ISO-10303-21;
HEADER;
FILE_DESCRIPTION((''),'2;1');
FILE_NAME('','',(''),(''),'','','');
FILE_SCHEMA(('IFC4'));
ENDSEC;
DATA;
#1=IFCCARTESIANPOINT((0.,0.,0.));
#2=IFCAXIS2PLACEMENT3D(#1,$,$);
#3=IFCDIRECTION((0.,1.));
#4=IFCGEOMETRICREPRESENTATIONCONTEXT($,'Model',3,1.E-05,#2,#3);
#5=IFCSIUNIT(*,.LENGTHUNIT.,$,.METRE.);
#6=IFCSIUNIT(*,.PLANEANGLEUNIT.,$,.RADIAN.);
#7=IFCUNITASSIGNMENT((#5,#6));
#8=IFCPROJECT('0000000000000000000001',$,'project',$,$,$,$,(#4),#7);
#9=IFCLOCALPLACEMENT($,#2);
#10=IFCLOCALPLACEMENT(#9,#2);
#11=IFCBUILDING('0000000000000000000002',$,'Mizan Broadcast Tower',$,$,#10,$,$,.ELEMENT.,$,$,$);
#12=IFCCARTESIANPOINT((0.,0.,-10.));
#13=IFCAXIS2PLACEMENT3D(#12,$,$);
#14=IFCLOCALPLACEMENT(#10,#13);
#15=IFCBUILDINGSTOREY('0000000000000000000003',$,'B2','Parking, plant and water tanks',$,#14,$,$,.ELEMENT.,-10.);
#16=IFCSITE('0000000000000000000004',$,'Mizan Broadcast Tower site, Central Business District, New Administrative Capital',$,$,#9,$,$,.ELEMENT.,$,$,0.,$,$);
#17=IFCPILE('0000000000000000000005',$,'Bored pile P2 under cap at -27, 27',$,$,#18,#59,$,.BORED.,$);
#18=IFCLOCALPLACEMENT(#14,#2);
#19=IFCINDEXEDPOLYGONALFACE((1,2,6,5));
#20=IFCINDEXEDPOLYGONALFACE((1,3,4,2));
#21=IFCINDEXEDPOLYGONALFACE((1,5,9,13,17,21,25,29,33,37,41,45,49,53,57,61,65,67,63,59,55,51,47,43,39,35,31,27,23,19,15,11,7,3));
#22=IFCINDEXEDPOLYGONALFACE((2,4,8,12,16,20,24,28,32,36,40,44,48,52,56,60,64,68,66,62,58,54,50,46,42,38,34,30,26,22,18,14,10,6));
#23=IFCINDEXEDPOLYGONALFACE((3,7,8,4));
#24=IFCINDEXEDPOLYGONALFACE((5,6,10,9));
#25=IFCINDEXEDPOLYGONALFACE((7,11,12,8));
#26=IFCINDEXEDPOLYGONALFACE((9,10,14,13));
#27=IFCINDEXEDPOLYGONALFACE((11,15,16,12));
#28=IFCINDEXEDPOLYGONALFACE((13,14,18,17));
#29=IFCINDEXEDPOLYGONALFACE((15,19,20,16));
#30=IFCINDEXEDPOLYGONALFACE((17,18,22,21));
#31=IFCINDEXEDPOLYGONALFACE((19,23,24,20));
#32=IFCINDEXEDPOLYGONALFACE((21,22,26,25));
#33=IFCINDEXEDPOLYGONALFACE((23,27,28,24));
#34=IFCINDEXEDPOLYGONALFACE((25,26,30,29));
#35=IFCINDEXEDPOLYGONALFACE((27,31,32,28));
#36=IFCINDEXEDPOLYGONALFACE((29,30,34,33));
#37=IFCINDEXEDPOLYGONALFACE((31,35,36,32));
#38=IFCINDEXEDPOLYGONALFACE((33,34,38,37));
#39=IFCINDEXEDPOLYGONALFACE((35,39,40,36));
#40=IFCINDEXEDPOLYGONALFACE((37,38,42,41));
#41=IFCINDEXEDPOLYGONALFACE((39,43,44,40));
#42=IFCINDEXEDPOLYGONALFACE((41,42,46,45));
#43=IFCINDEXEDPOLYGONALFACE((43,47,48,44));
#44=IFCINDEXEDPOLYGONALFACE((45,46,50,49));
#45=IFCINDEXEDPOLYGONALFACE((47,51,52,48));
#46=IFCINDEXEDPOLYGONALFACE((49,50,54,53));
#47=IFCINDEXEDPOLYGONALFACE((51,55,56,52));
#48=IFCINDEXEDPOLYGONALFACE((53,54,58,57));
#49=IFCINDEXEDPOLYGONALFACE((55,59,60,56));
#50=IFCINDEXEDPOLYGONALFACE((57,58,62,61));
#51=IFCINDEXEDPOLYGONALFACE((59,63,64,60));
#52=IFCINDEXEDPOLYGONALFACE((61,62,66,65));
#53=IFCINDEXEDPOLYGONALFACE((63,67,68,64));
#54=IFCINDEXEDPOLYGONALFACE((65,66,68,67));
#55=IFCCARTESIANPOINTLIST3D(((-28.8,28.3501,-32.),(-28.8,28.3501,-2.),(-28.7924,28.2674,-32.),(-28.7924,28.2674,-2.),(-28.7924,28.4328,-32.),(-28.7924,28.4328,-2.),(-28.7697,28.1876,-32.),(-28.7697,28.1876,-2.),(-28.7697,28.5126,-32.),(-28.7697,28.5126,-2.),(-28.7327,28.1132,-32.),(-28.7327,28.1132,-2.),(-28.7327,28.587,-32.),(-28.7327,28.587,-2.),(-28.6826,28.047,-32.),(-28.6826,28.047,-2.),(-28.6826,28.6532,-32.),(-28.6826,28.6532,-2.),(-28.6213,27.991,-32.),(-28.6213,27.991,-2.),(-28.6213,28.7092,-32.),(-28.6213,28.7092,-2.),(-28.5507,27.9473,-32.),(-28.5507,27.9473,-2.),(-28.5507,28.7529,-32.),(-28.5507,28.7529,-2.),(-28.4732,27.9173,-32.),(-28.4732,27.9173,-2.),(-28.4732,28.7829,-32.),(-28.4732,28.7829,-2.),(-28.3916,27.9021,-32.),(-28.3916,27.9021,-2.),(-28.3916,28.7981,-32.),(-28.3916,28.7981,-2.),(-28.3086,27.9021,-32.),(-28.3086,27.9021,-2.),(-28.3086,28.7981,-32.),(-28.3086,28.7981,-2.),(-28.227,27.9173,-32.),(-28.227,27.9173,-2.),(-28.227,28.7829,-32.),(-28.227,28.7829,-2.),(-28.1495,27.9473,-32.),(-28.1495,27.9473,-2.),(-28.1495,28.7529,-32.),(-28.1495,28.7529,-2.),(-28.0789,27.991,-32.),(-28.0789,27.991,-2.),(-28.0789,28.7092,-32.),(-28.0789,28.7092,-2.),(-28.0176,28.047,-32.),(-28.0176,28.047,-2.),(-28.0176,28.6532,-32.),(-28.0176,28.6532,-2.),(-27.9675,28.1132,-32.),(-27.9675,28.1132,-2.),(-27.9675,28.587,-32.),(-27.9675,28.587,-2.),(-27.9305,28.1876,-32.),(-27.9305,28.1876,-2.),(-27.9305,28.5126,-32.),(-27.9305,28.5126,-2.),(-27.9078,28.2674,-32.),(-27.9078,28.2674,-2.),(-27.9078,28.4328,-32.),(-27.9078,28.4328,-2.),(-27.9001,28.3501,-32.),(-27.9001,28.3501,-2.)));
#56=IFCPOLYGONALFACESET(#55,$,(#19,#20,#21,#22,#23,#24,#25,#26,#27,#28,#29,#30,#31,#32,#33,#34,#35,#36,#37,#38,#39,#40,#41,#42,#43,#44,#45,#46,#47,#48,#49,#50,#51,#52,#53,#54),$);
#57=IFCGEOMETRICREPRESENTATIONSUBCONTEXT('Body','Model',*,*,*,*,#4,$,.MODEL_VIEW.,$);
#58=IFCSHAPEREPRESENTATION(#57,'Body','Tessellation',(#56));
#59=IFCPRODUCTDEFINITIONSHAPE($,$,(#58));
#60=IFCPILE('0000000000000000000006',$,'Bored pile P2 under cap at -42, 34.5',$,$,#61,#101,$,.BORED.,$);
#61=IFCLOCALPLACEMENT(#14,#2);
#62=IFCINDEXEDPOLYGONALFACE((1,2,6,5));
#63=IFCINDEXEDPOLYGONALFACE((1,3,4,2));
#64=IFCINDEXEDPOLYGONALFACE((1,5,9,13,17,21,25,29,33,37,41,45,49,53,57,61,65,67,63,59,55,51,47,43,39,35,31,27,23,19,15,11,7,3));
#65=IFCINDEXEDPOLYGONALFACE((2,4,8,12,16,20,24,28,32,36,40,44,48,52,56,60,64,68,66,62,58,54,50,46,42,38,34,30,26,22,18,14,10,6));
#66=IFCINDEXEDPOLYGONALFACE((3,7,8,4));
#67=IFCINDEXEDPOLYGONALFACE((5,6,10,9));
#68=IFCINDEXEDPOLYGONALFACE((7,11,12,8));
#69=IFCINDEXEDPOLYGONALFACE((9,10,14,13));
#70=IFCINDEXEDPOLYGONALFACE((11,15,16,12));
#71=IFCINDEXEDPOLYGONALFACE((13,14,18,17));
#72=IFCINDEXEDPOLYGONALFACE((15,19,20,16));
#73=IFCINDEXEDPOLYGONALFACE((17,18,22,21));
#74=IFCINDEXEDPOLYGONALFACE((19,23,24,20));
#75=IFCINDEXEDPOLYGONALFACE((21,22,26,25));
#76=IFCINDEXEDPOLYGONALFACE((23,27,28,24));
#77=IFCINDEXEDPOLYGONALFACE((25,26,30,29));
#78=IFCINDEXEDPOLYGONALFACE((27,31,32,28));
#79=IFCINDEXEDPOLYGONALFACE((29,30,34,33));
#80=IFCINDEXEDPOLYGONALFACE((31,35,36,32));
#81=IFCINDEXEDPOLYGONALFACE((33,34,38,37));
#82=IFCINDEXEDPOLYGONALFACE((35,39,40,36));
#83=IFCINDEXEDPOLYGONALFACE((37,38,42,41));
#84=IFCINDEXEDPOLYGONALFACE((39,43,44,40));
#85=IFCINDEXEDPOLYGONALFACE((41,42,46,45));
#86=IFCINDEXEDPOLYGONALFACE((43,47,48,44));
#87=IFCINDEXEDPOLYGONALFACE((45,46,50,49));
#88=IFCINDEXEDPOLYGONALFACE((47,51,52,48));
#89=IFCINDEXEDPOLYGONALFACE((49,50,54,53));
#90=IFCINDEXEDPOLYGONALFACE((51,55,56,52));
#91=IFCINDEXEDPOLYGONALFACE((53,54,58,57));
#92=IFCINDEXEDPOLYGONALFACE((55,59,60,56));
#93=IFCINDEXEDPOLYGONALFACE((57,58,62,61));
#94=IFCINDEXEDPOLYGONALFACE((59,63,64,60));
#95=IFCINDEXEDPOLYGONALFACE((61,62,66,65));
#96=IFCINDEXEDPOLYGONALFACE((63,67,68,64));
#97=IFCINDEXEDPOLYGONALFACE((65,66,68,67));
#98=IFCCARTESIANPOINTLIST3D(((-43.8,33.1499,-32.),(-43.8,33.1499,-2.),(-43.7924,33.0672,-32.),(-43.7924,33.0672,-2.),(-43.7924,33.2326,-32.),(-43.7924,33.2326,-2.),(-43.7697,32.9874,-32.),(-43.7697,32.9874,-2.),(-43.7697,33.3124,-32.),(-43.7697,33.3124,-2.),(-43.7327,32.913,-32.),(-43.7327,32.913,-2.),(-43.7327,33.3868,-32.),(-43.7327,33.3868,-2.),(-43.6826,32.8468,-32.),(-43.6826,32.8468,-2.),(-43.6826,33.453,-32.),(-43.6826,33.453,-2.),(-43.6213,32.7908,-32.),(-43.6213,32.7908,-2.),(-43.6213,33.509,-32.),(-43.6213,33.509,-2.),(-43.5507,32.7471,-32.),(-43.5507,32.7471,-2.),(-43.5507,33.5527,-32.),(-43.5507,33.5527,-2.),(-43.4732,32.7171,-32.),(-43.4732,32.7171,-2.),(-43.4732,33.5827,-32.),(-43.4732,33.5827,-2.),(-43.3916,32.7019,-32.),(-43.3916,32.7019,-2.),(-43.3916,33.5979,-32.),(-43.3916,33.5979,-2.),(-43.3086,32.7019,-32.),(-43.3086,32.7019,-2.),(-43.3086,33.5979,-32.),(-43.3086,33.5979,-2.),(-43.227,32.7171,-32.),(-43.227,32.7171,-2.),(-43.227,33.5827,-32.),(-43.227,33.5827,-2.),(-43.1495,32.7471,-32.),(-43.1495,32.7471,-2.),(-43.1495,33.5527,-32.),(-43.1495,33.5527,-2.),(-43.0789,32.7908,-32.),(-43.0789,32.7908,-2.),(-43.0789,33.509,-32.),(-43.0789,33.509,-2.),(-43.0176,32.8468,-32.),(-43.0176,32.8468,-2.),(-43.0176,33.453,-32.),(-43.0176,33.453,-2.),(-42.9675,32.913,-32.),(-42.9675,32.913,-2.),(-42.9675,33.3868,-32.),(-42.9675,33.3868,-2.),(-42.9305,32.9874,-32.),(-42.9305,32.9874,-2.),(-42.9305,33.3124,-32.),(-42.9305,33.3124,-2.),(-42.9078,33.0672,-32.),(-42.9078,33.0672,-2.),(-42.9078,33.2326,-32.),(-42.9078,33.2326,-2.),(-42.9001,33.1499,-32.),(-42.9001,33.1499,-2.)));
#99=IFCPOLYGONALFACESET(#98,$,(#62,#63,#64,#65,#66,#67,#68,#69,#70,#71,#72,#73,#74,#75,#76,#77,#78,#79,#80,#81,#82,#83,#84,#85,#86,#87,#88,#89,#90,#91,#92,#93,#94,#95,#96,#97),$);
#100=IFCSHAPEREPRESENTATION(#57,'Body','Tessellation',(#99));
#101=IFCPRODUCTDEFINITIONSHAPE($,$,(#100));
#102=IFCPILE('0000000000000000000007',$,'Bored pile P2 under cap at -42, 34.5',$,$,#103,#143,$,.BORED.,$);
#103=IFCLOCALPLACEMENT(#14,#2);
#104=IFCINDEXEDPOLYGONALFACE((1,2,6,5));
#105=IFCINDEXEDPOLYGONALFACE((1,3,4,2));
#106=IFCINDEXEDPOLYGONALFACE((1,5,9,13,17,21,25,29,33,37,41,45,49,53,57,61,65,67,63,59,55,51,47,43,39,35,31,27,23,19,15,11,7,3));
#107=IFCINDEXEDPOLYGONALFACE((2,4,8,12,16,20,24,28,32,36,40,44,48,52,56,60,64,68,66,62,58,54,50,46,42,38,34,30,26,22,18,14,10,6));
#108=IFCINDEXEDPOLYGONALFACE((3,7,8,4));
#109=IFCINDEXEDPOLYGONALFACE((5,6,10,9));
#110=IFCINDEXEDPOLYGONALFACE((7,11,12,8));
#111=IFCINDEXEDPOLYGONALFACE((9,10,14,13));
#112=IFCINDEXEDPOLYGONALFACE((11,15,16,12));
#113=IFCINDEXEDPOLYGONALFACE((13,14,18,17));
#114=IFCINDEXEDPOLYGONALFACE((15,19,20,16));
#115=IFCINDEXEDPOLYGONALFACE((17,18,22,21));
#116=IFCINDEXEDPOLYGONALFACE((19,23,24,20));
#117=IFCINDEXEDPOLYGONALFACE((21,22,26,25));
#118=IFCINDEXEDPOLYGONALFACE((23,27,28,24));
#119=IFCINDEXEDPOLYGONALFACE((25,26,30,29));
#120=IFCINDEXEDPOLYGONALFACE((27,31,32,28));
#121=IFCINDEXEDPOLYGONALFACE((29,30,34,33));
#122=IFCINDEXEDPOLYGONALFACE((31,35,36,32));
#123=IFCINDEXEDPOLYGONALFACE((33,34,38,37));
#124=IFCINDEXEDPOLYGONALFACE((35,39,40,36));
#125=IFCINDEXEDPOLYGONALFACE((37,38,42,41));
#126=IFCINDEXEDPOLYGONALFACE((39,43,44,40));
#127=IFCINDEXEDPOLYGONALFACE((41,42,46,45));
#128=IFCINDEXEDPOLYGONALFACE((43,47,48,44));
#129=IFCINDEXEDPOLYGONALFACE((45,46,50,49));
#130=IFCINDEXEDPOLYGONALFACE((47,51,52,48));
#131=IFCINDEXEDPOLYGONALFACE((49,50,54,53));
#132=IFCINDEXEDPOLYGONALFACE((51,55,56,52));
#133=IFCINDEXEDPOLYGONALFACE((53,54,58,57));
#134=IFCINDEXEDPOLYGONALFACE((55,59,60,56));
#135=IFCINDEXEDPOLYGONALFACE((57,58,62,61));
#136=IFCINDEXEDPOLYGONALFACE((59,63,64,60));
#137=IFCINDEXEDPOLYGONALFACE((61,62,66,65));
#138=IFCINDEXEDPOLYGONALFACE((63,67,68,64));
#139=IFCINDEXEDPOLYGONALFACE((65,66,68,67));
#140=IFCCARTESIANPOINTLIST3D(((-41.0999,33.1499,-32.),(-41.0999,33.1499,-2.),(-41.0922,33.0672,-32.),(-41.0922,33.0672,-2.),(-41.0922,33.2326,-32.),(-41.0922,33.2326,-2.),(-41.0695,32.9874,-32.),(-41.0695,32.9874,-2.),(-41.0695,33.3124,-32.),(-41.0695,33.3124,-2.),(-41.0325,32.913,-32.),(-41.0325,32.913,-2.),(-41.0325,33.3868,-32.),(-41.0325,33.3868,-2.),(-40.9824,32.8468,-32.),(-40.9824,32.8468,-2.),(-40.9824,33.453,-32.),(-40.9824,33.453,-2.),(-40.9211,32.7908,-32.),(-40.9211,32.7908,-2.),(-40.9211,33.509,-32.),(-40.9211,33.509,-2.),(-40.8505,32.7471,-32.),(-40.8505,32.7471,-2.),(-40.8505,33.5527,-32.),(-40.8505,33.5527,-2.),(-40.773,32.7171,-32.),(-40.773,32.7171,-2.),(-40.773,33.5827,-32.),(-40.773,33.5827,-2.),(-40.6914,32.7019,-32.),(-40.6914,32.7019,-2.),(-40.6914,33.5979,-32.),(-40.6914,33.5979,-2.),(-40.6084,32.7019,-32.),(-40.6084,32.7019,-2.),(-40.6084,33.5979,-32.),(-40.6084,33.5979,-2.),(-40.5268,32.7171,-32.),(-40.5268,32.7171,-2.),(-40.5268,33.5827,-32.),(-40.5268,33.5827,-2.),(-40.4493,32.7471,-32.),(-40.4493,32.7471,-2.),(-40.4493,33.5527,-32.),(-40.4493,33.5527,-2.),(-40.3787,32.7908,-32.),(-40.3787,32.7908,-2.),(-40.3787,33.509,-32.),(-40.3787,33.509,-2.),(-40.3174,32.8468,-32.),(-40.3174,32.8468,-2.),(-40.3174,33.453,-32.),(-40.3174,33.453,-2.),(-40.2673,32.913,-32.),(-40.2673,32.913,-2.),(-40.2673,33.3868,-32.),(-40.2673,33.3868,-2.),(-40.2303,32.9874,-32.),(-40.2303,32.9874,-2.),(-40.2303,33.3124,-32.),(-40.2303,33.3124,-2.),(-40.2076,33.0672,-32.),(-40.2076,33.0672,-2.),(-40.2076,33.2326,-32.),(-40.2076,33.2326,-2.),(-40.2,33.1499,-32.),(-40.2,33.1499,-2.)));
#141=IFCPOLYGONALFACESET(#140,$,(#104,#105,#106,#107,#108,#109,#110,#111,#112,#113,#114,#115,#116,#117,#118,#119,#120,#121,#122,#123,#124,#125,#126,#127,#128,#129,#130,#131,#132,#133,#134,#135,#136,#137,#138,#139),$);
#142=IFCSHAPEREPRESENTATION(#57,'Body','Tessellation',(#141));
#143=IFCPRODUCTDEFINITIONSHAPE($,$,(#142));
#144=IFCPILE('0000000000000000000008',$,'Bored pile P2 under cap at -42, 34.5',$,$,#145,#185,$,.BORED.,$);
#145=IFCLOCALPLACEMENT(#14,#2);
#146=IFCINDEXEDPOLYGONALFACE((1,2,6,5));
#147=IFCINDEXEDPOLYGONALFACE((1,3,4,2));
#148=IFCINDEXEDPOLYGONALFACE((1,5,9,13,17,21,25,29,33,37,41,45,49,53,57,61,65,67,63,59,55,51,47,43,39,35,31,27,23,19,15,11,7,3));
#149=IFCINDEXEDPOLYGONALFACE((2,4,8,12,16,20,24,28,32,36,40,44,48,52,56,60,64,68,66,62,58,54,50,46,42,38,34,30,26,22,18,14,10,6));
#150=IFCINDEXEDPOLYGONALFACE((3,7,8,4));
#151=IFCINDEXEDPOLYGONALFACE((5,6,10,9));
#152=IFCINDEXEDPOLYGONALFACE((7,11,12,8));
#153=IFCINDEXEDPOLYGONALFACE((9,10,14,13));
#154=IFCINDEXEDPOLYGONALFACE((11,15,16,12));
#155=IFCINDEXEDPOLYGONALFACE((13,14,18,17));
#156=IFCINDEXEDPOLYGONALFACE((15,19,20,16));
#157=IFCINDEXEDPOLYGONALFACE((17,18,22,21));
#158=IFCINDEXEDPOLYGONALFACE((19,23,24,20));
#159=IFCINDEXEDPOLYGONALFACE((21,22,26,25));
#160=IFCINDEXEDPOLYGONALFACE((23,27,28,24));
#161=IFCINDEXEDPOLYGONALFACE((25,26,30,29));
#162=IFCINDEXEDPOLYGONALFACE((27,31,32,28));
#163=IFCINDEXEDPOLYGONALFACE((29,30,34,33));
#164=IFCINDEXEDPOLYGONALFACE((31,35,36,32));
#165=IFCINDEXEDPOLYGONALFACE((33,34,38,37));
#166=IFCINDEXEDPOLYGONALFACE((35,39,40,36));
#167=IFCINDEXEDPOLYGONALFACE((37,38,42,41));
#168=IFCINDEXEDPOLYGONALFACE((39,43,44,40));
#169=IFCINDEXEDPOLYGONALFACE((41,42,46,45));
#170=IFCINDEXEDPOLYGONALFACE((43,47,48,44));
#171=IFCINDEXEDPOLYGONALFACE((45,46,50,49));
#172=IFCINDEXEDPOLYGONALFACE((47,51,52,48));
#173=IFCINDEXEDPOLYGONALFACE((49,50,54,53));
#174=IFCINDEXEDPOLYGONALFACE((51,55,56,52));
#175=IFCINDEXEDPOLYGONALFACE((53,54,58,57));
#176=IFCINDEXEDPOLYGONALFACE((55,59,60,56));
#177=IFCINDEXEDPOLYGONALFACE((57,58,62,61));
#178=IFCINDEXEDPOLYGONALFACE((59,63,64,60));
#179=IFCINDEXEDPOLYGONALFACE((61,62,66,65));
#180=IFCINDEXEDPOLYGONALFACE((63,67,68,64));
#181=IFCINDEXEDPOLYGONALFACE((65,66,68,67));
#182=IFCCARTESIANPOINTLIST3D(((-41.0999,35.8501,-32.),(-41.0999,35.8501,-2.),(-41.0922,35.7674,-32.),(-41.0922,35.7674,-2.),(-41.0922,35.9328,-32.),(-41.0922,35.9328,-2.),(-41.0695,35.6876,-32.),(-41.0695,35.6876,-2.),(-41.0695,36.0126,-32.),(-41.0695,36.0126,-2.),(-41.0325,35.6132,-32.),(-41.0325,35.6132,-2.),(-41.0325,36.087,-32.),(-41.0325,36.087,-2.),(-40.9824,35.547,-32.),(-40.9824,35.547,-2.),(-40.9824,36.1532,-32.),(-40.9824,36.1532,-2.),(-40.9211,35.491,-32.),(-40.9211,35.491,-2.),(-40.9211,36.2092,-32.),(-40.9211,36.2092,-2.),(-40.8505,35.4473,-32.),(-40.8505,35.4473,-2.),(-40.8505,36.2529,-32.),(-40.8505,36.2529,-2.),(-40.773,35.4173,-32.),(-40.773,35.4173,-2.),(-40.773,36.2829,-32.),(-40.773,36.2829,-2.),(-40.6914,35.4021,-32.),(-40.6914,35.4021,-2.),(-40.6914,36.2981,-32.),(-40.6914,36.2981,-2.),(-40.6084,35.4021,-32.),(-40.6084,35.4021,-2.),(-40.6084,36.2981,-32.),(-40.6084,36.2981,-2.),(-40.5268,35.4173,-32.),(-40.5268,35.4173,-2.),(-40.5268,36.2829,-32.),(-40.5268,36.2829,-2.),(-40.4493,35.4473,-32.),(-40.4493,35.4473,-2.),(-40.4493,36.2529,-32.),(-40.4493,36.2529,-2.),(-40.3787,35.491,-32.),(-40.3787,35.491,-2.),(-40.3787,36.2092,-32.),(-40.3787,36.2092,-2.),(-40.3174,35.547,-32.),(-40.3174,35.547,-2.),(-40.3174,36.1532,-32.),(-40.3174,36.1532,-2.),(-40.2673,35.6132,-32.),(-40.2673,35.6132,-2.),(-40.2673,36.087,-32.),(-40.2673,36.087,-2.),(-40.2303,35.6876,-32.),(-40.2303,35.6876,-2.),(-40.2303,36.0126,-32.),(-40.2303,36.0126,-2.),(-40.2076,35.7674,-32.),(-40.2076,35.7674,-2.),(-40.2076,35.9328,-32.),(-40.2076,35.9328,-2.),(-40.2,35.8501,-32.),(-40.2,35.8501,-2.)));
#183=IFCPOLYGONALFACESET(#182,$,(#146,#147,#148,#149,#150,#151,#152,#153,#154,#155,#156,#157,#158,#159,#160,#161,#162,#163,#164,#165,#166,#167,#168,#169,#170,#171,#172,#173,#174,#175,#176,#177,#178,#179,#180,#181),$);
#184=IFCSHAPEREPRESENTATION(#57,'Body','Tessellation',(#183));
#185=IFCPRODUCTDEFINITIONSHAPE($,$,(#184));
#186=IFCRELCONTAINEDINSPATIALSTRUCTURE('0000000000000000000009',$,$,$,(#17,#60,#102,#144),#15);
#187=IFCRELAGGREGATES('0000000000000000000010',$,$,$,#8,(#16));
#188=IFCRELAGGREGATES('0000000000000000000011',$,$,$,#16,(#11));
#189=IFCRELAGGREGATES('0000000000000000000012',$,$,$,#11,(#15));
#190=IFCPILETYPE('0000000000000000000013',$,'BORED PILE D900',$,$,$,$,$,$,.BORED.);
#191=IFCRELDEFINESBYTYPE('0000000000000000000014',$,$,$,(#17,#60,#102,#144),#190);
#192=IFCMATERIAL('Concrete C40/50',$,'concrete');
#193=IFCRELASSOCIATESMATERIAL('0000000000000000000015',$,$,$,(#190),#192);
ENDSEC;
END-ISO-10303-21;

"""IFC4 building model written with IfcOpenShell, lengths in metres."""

from ifc_helpers import new_model, si_unit, direction, frame, origin, origin_2d, place, context, subcontext, project, spatial, circle, extrude, material, material_profile, profile_set, type_object, element, save


model = new_model("IFC4")

# Units and contexts
model_context = context("Model", 3, precision=1e-05, world=origin(), true_north=direction((0.0, 1.0)))
body_context = subcontext(model_context, "Body", "Model", "MODEL_VIEW")
ifc_project = project(units=[si_unit("LENGTHUNIT", "METRE"), si_unit("PLANEANGLEUNIT", "RADIAN")], contexts=[model_context])

# Site, building, storey
site_placement = place(None, origin())
site = spatial("IfcSite", under=ifc_project, at=site_placement, Name="Mizan Broadcast Tower site, Central Business District, New Administrative Capital", CompositionType="ELEMENT", RefElevation=0.0)
building_placement = place(site_placement, origin())
building = spatial("IfcBuilding", under=site, at=building_placement, Name="Mizan Broadcast Tower", CompositionType="ELEMENT")
storey_placement = place(building_placement, frame((0.0, 0.0, -10.0)))
storey = spatial("IfcBuildingStorey", under=building, at=storey_placement, Name="B2", Description="Parking, plant and water tanks", CompositionType="ELEMENT", Elevation=-10.0)

# Piles
ifc_material_1 = material(Name="Concrete C40/50", Category="concrete")
ifc_material_profile_1 = material_profile(ifc_material_1, circle(Radius=0.45, at=origin_2d()), Name="D900")
ifc_profile_set_1 = profile_set([ifc_material_profile_1], Name="Concrete C40/50")
pile_type = type_object("IfcPileType", Name="BORED PILE D900", PredefinedType="BORED", material=ifc_profile_set_1)
for number, where, z_axis, x_axis, name in (
    (1, (-28.3501, 28.3501, -2.0), (0.0, 0.0, -1.0), (1.0, 0.0, 0.0), "Bored pile P2 under cap at -27, 27"),
    (2, (-43.3501, 33.1499, -2.0), (0.0, 0.0, -1.0), (1.0, 0.0, 0.0), "Bored pile P2 under cap at -42, 34.5"),
    (3, (-40.6499, 33.1499, -2.0), (0.0, 0.0, -1.0), (1.0, 0.0, 0.0), "Bored pile P2 under cap at -42, 34.5"),
    (4, (-40.6499, 35.8501, -2.0), (0.0, 0.0, -1.0), (1.0, 0.0, 0.0), "Bored pile P2 under cap at -42, 34.5"),
):
    element("IfcPile", number, at=place(storey_placement, frame(where, z_axis=z_axis, x_axis=x_axis)), inside=storey, type_object=pile_type, Name=name, PredefinedType="BORED", context=body_context, shape_type="SweptSolid", body=[
        extrude(circle(Radius=0.45, at=origin_2d()), origin(), (0.0, 0.0, 1.0), 30.0),
    ])

save(model, "model.ifc")
